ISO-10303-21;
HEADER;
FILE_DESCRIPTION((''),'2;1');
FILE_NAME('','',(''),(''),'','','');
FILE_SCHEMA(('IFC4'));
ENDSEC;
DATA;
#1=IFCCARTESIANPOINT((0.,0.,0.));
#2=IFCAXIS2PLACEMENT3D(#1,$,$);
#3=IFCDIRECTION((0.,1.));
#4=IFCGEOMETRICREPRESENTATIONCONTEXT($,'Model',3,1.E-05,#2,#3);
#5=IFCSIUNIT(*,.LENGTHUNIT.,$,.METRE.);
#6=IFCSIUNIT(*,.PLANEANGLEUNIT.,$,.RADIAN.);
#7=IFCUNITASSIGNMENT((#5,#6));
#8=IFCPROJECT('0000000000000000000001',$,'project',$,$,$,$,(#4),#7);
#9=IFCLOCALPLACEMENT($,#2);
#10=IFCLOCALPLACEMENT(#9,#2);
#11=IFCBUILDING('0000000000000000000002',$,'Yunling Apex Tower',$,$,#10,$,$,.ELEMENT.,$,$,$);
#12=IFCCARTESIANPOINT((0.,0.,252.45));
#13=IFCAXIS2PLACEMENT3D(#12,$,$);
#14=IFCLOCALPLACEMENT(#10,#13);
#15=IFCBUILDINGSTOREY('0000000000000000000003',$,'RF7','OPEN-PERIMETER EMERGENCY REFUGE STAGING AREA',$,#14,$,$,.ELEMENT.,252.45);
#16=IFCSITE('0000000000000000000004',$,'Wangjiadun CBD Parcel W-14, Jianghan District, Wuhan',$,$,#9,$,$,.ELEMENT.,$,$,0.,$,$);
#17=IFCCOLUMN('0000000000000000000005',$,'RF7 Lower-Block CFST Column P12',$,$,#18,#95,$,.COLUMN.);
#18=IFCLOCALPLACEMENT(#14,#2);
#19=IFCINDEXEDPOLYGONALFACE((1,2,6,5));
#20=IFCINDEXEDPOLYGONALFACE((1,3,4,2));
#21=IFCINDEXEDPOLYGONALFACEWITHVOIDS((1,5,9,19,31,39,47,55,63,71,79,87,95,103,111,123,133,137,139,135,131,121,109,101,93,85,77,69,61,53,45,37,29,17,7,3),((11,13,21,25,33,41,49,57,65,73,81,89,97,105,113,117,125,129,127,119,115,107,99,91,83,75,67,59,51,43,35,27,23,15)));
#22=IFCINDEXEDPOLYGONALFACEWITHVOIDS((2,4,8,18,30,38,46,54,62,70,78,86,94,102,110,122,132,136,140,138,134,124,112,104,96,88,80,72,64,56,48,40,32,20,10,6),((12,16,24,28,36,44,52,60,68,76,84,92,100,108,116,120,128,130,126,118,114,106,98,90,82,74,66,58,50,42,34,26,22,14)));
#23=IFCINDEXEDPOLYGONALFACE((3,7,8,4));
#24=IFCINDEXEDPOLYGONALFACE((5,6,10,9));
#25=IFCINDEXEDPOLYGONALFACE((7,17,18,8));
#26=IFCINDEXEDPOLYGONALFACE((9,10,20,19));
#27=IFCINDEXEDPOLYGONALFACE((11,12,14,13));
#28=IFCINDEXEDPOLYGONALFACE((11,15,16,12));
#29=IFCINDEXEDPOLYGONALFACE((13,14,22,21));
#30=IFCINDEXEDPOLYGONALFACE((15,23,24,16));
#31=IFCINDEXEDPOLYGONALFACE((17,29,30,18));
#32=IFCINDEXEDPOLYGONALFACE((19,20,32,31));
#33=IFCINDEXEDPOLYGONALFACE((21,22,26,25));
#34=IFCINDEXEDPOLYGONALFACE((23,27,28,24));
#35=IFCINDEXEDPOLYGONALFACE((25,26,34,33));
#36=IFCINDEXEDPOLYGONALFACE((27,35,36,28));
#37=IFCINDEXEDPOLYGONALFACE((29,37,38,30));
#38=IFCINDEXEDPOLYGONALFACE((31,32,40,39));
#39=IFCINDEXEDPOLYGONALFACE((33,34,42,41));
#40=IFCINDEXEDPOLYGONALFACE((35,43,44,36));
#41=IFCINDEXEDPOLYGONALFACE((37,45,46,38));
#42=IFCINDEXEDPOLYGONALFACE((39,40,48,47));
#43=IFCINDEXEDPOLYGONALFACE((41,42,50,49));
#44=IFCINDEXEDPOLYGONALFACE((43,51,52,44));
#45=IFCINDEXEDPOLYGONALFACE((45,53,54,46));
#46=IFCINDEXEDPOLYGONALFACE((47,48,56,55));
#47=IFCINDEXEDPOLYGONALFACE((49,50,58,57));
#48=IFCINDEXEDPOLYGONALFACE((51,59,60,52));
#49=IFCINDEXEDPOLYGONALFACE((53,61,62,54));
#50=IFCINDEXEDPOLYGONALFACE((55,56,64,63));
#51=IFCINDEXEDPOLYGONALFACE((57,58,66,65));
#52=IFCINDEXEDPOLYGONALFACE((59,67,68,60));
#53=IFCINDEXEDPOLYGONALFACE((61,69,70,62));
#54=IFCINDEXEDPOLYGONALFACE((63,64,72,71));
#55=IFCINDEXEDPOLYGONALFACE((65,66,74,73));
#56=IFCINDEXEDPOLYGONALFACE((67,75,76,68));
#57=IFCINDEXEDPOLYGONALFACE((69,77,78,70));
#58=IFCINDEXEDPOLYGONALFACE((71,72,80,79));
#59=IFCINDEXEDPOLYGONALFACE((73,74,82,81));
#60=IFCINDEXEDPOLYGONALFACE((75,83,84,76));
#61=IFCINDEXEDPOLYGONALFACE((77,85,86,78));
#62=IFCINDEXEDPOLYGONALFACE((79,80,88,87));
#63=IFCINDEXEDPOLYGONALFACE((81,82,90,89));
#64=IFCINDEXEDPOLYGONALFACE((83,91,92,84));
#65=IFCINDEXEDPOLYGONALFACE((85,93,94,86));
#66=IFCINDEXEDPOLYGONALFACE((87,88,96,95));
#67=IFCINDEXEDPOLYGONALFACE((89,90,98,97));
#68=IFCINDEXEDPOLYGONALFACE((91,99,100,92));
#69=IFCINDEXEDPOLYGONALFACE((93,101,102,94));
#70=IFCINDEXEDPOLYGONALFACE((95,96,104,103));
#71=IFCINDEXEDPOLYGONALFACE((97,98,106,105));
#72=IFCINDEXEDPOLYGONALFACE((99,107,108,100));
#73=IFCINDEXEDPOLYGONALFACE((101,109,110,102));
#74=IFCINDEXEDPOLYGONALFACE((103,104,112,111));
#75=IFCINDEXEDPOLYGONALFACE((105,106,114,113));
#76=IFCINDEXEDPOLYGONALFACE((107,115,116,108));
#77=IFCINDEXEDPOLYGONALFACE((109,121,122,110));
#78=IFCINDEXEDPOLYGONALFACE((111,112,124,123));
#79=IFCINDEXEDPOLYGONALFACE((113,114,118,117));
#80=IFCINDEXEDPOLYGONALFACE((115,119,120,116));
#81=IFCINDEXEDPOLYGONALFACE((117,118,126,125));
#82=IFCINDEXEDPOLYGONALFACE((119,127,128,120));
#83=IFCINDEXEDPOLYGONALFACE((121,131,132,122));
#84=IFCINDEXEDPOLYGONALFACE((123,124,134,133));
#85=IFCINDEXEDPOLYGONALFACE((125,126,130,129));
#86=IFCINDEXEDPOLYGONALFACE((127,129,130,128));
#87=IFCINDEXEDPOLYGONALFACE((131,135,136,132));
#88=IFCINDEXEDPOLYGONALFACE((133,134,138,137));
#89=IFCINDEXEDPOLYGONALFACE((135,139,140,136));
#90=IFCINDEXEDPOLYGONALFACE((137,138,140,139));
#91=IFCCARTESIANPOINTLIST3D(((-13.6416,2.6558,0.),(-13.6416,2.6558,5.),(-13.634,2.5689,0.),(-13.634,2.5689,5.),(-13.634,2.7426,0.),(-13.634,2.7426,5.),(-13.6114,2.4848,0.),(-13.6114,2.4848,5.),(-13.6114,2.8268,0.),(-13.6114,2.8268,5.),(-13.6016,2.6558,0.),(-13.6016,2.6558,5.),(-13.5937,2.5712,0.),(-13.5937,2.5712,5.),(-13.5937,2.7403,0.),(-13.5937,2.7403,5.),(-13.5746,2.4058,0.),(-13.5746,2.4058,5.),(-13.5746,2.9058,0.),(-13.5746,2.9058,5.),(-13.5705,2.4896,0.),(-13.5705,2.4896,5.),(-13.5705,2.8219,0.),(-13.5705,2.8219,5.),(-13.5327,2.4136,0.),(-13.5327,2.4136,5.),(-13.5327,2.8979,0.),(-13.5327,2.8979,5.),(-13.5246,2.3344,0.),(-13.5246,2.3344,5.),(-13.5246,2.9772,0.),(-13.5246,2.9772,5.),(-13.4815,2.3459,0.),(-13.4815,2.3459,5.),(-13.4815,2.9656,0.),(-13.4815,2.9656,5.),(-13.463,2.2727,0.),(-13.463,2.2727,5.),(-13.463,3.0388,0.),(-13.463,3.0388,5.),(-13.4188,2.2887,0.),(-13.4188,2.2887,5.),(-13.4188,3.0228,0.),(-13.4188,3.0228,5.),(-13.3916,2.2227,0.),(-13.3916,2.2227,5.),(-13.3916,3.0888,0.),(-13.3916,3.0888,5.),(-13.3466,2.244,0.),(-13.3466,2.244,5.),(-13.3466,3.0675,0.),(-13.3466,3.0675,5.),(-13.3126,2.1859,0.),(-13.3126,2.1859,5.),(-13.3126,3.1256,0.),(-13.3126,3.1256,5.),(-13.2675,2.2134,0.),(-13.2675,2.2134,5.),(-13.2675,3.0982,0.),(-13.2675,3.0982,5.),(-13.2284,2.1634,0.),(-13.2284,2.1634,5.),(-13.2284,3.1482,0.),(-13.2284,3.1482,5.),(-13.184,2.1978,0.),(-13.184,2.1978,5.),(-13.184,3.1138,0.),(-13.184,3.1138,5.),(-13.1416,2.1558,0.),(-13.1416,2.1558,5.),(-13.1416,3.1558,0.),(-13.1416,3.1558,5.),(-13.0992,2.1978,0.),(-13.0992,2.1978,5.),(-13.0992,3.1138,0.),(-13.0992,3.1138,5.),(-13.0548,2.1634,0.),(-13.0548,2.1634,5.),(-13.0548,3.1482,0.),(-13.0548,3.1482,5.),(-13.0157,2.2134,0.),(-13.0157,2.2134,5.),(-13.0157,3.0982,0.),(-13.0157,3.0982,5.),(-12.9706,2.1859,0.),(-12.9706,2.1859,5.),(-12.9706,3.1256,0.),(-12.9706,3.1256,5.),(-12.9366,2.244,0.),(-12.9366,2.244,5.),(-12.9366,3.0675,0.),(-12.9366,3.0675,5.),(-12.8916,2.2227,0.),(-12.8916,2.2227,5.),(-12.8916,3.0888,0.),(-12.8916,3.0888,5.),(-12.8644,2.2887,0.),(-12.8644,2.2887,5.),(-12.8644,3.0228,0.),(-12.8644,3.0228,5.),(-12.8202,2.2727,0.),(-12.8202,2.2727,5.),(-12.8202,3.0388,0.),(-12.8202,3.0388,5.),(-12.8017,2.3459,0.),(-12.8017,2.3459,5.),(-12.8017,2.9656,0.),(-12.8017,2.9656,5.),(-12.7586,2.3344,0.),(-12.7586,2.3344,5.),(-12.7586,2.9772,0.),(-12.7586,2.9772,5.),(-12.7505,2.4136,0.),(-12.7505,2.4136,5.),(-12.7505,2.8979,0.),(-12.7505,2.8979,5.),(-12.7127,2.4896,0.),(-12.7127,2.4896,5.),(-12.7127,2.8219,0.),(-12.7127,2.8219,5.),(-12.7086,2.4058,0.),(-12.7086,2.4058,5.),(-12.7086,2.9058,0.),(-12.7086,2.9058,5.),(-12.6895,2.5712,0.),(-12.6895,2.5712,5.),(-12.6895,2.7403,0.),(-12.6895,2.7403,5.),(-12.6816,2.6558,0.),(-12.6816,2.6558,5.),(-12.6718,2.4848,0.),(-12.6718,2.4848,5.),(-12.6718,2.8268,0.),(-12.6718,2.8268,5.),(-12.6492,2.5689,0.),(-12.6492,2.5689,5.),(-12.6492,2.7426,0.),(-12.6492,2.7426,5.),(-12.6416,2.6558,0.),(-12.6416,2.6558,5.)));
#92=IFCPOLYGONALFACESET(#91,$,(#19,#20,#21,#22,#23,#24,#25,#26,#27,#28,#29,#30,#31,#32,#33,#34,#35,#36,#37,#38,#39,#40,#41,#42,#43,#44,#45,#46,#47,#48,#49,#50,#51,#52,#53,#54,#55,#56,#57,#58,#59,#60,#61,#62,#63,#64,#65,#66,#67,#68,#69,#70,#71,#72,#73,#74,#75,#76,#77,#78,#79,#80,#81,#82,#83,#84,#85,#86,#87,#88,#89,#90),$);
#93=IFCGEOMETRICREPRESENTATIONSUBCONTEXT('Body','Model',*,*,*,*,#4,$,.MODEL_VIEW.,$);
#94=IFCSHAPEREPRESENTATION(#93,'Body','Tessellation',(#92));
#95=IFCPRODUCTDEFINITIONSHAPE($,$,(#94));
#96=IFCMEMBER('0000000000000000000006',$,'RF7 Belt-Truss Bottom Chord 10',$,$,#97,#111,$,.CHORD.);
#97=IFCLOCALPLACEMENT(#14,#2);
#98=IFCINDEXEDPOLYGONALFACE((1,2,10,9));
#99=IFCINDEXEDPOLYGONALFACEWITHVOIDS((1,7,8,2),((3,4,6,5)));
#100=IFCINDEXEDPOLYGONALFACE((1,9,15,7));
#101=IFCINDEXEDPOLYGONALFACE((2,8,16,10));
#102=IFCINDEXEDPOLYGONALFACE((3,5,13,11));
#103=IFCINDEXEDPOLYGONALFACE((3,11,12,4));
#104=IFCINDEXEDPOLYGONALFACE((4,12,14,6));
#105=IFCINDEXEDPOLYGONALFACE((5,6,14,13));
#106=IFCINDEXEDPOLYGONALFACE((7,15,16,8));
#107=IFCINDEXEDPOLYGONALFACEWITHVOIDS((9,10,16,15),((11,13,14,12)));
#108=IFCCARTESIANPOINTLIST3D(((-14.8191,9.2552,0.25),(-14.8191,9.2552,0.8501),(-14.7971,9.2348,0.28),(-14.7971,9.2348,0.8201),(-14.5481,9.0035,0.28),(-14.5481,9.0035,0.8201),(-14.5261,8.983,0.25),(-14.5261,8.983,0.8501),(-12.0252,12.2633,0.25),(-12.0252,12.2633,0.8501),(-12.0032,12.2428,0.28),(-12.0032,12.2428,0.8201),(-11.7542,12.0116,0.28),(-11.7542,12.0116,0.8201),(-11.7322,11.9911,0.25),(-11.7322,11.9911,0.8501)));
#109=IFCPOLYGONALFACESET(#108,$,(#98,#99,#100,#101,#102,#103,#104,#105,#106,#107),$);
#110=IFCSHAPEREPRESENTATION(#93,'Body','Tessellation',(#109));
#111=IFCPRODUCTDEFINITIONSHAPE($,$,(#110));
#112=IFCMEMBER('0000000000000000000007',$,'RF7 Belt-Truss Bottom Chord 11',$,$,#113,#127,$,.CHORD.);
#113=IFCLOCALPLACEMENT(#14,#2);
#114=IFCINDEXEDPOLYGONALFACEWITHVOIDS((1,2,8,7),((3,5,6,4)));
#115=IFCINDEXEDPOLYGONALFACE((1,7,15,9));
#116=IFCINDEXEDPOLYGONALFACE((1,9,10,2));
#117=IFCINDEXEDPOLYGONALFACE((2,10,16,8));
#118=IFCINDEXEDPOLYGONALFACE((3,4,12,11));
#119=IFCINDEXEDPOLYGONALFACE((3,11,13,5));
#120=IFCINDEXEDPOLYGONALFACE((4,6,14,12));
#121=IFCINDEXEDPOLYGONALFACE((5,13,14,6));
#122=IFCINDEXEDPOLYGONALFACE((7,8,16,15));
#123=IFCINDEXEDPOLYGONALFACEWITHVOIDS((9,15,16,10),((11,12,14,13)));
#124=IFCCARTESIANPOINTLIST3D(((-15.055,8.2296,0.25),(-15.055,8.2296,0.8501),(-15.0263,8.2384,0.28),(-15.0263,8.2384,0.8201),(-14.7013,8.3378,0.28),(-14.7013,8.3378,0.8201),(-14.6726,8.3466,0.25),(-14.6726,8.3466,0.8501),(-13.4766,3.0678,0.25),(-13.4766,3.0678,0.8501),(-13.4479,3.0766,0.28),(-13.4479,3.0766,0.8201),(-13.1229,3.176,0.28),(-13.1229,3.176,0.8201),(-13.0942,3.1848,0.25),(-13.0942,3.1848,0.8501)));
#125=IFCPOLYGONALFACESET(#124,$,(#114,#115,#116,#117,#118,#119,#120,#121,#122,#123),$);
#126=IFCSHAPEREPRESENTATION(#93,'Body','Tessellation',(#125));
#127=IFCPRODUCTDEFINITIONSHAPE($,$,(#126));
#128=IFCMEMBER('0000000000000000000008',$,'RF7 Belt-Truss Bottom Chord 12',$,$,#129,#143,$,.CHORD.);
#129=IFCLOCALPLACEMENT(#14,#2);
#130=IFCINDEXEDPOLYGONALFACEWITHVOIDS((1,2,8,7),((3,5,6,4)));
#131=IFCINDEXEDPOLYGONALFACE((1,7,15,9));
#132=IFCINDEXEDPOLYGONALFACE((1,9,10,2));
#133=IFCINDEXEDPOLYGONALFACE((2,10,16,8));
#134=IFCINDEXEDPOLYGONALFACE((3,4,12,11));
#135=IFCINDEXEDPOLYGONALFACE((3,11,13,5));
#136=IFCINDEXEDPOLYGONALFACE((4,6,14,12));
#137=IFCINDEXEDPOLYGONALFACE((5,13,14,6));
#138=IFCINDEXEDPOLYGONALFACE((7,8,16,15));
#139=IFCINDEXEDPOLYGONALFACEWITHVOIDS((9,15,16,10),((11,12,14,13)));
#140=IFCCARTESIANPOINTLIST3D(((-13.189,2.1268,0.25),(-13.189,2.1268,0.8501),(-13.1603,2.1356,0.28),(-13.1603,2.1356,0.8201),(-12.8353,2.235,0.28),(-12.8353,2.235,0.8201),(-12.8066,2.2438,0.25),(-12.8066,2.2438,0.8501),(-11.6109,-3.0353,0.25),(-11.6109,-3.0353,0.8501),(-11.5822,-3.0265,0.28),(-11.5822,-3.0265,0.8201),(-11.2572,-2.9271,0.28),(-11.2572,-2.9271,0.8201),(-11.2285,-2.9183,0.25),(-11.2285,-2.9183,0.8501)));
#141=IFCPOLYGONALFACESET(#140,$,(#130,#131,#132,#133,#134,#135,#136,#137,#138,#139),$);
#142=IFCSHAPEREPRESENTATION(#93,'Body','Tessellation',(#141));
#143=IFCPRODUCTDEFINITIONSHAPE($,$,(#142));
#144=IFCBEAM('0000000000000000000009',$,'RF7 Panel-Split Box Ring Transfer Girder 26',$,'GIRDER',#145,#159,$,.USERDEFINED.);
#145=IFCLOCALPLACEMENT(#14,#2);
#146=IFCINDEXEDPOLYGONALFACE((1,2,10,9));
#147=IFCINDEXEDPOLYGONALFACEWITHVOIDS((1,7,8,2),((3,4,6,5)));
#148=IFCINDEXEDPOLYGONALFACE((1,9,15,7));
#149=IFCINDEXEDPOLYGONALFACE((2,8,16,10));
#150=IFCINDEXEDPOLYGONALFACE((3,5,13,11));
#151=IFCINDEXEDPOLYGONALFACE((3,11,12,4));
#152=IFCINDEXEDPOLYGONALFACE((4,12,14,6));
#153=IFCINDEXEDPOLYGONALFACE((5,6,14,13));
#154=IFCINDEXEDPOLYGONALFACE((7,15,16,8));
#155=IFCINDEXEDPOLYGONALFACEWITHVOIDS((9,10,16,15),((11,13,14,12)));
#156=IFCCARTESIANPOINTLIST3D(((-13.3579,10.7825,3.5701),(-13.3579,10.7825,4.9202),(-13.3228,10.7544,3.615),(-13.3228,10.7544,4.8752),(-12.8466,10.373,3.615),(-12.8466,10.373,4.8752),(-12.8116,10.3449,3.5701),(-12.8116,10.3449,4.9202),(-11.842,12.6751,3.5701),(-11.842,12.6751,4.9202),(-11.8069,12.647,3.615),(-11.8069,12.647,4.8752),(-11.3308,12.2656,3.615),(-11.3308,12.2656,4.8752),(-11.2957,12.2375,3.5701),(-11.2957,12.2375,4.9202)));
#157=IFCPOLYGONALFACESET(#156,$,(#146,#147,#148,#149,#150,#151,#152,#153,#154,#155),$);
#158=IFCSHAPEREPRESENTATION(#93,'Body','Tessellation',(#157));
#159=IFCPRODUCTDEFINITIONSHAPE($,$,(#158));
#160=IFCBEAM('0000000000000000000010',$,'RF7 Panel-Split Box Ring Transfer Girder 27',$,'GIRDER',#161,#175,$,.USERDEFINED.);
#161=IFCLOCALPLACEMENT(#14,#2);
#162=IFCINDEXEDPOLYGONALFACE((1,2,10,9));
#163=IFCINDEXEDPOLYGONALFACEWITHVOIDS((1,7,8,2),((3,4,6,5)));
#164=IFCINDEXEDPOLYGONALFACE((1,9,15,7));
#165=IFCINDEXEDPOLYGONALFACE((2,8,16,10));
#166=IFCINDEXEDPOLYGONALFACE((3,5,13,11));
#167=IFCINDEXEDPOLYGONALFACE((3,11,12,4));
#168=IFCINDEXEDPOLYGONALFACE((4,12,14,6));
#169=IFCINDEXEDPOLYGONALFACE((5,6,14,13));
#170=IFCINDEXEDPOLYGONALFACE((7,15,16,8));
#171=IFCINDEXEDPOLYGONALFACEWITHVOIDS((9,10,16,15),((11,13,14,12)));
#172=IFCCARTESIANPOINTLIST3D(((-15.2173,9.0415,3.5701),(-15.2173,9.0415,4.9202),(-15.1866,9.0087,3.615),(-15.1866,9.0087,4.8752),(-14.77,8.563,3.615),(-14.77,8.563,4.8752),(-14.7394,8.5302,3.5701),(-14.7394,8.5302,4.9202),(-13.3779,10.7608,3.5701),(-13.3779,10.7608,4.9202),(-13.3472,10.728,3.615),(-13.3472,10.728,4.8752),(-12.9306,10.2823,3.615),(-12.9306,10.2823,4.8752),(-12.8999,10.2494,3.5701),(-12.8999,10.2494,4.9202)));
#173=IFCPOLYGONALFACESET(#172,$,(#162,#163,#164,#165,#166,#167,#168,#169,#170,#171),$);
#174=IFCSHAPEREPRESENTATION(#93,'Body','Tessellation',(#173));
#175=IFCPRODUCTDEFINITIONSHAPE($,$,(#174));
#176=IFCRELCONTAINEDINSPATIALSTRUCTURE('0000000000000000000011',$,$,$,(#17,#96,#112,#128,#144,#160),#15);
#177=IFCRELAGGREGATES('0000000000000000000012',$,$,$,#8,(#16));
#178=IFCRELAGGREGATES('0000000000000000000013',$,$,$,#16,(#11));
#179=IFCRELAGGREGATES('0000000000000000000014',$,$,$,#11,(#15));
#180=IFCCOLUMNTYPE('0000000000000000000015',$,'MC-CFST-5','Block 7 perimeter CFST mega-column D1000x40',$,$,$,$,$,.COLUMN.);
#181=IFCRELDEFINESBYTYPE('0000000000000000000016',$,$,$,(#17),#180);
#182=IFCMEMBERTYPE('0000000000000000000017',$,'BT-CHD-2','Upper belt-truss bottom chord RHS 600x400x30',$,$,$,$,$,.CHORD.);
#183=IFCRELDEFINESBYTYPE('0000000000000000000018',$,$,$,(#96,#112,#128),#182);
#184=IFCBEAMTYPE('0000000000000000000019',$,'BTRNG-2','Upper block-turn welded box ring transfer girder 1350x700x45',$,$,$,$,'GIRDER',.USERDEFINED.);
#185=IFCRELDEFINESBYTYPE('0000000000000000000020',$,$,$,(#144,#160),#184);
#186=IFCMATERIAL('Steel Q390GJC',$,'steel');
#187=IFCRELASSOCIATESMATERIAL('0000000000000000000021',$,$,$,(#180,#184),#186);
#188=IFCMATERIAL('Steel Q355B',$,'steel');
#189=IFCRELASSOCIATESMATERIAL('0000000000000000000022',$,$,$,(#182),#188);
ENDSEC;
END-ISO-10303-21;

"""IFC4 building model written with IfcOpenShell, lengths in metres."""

from ifc_helpers import new_model, si_unit, direction, frame, origin, origin_2d, place, context, subcontext, project, spatial, hollow_rectangle, hollow_circle, extrude, source, transform, mapped, material, material_profile, profile_set, type_object, element, save


model = new_model("IFC4")

# Units and contexts
model_context = context("Model", 3, precision=1e-05, world=origin(), true_north=direction((0.0, 1.0)))
body_context = subcontext(model_context, "Body", "Model", "MODEL_VIEW")
ifc_project = project(units=[si_unit("LENGTHUNIT", "METRE"), si_unit("PLANEANGLEUNIT", "RADIAN")], contexts=[model_context])

# Site, building, storey
site_placement = place(None, origin())
site = spatial("IfcSite", under=ifc_project, at=site_placement, Name="Wangjiadun CBD Parcel W-14, Jianghan District, Wuhan", CompositionType="ELEMENT", RefElevation=0.0)
building_placement = place(site_placement, origin())
building = spatial("IfcBuilding", under=site, at=building_placement, Name="Yunling Apex Tower", CompositionType="ELEMENT")
storey_placement = place(building_placement, frame((0.0, 0.0, 252.45)))
storey = spatial("IfcBuildingStorey", under=building, at=storey_placement, Name="RF7", Description="OPEN-PERIMETER EMERGENCY REFUGE STAGING AREA", CompositionType="ELEMENT", Elevation=252.45)

# Column
ifc_material_1 = material(Name="Steel Q390GJC", Category="steel")
ifc_material_profile_1 = material_profile(ifc_material_1, hollow_circle(Radius=0.5, WallThickness=0.04, at=origin_2d()))
ifc_profile_set_1 = profile_set([ifc_material_profile_1], Name="Steel Q390GJC")
column_type = type_object("IfcColumnType", Name="MC-CFST-5", Description="Block 7 perimeter CFST mega-column D1000x40", PredefinedType="COLUMN", material=ifc_profile_set_1)
shared_shape_1 = source(origin(), body_context, "Body", "SweptSolid", [
    extrude(hollow_circle(Radius=0.5, WallThickness=0.04, at=origin_2d()), origin(), (0.0, 0.0, 1.0), 5.0),
])
for number, where, z_axis, x_axis, name in (
    (1, (-13.1416, 2.6558, 0.0), (0.0, 0.0, 1.0), (1.0, 0.0, 0.0), "RF7 Lower-Block CFST Column P12"),
):
    element("IfcColumn", number, at=place(storey_placement, frame(where, z_axis=z_axis, x_axis=x_axis)), inside=storey, type_object=column_type, Name=name, PredefinedType="COLUMN", context=body_context, shape_type="MappedRepresentation", body=[
        mapped(shared_shape_1, transform((0.0, 0.0, 0.0), scale=1.0)),
    ])

# Members
ifc_material_2 = material(Name="Steel Q355B", Category="steel")
ifc_material_profile_2 = material_profile(ifc_material_2, hollow_rectangle(XDim=0.3999, YDim=0.6001, WallThickness=0.03, at=origin_2d()))
ifc_profile_set_2 = profile_set([ifc_material_profile_2], Name="Steel Q355B")
member_type_1 = type_object("IfcMemberType", Name="BT-CHD-2", Description="Upper belt-truss bottom chord RHS 600x400x30", PredefinedType="CHORD", material=ifc_profile_set_2)
shared_shape_2 = source(origin(), body_context, "Body", "SweptSolid", [
    extrude(hollow_rectangle(XDim=0.3999, YDim=0.6001, WallThickness=0.03, at=origin_2d()), origin(), (0.0, 0.0, 1.0), 4.1055),
])
member_1_placement = place(storey_placement, frame((-11.8787, 12.1272, 0.55), z_axis=(-0.680549, -0.732702, 0.0), x_axis=(0.732702, -0.680549, 0.0)))
element("IfcMember", 2, at=member_1_placement, inside=storey, type_object=member_type_1, Name="RF7 Belt-Truss Bottom Chord 10", PredefinedType="CHORD", context=body_context, shape_type="MappedRepresentation", body=[
    mapped(shared_shape_2, transform((0.0, 0.0, 0.0), scale=1.0)),
])
shared_shape_3 = source(origin(), body_context, "Body", "SweptSolid", [
    extrude(hollow_rectangle(XDim=0.3999, YDim=0.6001, WallThickness=0.03, at=origin_2d()), origin(), (0.0, 0.0, 1.0), 5.3977),
])
member_2_placement = place(storey_placement, frame((-14.8638, 8.2881, 0.55), z_axis=(0.29241, -0.956293, 0.0), x_axis=(0.956293, 0.29241, 0.0)))
element("IfcMember", 3, at=member_2_placement, inside=storey, type_object=member_type_1, Name="RF7 Belt-Truss Bottom Chord 11", PredefinedType="CHORD", context=body_context, shape_type="MappedRepresentation", body=[
    mapped(shared_shape_3, transform((0.0, 0.0, 0.0), scale=1.0)),
])
shared_shape_4 = source(origin(), body_context, "Body", "SweptSolid", [
    extrude(hollow_rectangle(XDim=0.3999, YDim=0.6001, WallThickness=0.03, at=origin_2d()), origin(), (0.0, 0.0, 1.0), 5.3979),
])
member_3_placement = place(storey_placement, frame((-12.9978, 2.1853, 0.55), z_axis=(0.292356, -0.956309, 0.0), x_axis=(0.956309, 0.292356, 0.0)))
element("IfcMember", 4, at=member_3_placement, inside=storey, type_object=member_type_1, Name="RF7 Belt-Truss Bottom Chord 12", PredefinedType="CHORD", context=body_context, shape_type="MappedRepresentation", body=[
    mapped(shared_shape_4, transform((0.0, 0.0, 0.0), scale=1.0)),
])

# Beams
ifc_material_profile_3 = material_profile(ifc_material_1, hollow_rectangle(XDim=0.7, YDim=1.3501, WallThickness=0.0449, at=origin_2d()))
ifc_profile_set_3 = profile_set([ifc_material_profile_3], Name="Steel Q390GJC")
beam_type = type_object("IfcBeamType", Name="BTRNG-2", Description="Upper block-turn welded box ring transfer girder 1350x700x45", ElementType="GIRDER", PredefinedType="USERDEFINED", material=ifc_profile_set_3)
shared_shape_5 = source(origin(), body_context, "Body", "SweptSolid", [
    extrude(hollow_rectangle(XDim=0.7, YDim=1.3501, WallThickness=0.0449, at=origin_2d()), origin(), (0.0, 0.0, 1.0), 2.4248),
])
beam_1_placement = place(storey_placement, frame((-11.5688, 12.4563, 4.2451), z_axis=(-0.625149, -0.780505, 0.0), x_axis=(0.780505, -0.625149, 0.0)))
element("IfcBeam", 5, at=beam_1_placement, inside=storey, type_object=beam_type, Name="RF7 Panel-Split Box Ring Transfer Girder 26", ObjectType="GIRDER", PredefinedType="USERDEFINED", context=body_context, shape_type="MappedRepresentation", body=[
    mapped(shared_shape_5, transform((0.0, 0.0, 0.0), scale=1.0)),
])
shared_shape_6 = source(origin(), body_context, "Body", "SweptSolid", [
    extrude(hollow_rectangle(XDim=0.7, YDim=1.3501, WallThickness=0.0449, at=origin_2d()), origin(), (0.0, 0.0, 1.0), 2.5178),
])
beam_2_placement = place(storey_placement, frame((-13.1389, 10.5051, 4.2451), z_axis=(-0.730558, -0.68285, 0.0), x_axis=(0.68285, -0.730558, 0.0)))
element("IfcBeam", 6, at=beam_2_placement, inside=storey, type_object=beam_type, Name="RF7 Panel-Split Box Ring Transfer Girder 27", ObjectType="GIRDER", PredefinedType="USERDEFINED", context=body_context, shape_type="MappedRepresentation", body=[
    mapped(shared_shape_6, transform((0.0, 0.0, 0.0), scale=1.0)),
])

save(model, "model.ifc")
